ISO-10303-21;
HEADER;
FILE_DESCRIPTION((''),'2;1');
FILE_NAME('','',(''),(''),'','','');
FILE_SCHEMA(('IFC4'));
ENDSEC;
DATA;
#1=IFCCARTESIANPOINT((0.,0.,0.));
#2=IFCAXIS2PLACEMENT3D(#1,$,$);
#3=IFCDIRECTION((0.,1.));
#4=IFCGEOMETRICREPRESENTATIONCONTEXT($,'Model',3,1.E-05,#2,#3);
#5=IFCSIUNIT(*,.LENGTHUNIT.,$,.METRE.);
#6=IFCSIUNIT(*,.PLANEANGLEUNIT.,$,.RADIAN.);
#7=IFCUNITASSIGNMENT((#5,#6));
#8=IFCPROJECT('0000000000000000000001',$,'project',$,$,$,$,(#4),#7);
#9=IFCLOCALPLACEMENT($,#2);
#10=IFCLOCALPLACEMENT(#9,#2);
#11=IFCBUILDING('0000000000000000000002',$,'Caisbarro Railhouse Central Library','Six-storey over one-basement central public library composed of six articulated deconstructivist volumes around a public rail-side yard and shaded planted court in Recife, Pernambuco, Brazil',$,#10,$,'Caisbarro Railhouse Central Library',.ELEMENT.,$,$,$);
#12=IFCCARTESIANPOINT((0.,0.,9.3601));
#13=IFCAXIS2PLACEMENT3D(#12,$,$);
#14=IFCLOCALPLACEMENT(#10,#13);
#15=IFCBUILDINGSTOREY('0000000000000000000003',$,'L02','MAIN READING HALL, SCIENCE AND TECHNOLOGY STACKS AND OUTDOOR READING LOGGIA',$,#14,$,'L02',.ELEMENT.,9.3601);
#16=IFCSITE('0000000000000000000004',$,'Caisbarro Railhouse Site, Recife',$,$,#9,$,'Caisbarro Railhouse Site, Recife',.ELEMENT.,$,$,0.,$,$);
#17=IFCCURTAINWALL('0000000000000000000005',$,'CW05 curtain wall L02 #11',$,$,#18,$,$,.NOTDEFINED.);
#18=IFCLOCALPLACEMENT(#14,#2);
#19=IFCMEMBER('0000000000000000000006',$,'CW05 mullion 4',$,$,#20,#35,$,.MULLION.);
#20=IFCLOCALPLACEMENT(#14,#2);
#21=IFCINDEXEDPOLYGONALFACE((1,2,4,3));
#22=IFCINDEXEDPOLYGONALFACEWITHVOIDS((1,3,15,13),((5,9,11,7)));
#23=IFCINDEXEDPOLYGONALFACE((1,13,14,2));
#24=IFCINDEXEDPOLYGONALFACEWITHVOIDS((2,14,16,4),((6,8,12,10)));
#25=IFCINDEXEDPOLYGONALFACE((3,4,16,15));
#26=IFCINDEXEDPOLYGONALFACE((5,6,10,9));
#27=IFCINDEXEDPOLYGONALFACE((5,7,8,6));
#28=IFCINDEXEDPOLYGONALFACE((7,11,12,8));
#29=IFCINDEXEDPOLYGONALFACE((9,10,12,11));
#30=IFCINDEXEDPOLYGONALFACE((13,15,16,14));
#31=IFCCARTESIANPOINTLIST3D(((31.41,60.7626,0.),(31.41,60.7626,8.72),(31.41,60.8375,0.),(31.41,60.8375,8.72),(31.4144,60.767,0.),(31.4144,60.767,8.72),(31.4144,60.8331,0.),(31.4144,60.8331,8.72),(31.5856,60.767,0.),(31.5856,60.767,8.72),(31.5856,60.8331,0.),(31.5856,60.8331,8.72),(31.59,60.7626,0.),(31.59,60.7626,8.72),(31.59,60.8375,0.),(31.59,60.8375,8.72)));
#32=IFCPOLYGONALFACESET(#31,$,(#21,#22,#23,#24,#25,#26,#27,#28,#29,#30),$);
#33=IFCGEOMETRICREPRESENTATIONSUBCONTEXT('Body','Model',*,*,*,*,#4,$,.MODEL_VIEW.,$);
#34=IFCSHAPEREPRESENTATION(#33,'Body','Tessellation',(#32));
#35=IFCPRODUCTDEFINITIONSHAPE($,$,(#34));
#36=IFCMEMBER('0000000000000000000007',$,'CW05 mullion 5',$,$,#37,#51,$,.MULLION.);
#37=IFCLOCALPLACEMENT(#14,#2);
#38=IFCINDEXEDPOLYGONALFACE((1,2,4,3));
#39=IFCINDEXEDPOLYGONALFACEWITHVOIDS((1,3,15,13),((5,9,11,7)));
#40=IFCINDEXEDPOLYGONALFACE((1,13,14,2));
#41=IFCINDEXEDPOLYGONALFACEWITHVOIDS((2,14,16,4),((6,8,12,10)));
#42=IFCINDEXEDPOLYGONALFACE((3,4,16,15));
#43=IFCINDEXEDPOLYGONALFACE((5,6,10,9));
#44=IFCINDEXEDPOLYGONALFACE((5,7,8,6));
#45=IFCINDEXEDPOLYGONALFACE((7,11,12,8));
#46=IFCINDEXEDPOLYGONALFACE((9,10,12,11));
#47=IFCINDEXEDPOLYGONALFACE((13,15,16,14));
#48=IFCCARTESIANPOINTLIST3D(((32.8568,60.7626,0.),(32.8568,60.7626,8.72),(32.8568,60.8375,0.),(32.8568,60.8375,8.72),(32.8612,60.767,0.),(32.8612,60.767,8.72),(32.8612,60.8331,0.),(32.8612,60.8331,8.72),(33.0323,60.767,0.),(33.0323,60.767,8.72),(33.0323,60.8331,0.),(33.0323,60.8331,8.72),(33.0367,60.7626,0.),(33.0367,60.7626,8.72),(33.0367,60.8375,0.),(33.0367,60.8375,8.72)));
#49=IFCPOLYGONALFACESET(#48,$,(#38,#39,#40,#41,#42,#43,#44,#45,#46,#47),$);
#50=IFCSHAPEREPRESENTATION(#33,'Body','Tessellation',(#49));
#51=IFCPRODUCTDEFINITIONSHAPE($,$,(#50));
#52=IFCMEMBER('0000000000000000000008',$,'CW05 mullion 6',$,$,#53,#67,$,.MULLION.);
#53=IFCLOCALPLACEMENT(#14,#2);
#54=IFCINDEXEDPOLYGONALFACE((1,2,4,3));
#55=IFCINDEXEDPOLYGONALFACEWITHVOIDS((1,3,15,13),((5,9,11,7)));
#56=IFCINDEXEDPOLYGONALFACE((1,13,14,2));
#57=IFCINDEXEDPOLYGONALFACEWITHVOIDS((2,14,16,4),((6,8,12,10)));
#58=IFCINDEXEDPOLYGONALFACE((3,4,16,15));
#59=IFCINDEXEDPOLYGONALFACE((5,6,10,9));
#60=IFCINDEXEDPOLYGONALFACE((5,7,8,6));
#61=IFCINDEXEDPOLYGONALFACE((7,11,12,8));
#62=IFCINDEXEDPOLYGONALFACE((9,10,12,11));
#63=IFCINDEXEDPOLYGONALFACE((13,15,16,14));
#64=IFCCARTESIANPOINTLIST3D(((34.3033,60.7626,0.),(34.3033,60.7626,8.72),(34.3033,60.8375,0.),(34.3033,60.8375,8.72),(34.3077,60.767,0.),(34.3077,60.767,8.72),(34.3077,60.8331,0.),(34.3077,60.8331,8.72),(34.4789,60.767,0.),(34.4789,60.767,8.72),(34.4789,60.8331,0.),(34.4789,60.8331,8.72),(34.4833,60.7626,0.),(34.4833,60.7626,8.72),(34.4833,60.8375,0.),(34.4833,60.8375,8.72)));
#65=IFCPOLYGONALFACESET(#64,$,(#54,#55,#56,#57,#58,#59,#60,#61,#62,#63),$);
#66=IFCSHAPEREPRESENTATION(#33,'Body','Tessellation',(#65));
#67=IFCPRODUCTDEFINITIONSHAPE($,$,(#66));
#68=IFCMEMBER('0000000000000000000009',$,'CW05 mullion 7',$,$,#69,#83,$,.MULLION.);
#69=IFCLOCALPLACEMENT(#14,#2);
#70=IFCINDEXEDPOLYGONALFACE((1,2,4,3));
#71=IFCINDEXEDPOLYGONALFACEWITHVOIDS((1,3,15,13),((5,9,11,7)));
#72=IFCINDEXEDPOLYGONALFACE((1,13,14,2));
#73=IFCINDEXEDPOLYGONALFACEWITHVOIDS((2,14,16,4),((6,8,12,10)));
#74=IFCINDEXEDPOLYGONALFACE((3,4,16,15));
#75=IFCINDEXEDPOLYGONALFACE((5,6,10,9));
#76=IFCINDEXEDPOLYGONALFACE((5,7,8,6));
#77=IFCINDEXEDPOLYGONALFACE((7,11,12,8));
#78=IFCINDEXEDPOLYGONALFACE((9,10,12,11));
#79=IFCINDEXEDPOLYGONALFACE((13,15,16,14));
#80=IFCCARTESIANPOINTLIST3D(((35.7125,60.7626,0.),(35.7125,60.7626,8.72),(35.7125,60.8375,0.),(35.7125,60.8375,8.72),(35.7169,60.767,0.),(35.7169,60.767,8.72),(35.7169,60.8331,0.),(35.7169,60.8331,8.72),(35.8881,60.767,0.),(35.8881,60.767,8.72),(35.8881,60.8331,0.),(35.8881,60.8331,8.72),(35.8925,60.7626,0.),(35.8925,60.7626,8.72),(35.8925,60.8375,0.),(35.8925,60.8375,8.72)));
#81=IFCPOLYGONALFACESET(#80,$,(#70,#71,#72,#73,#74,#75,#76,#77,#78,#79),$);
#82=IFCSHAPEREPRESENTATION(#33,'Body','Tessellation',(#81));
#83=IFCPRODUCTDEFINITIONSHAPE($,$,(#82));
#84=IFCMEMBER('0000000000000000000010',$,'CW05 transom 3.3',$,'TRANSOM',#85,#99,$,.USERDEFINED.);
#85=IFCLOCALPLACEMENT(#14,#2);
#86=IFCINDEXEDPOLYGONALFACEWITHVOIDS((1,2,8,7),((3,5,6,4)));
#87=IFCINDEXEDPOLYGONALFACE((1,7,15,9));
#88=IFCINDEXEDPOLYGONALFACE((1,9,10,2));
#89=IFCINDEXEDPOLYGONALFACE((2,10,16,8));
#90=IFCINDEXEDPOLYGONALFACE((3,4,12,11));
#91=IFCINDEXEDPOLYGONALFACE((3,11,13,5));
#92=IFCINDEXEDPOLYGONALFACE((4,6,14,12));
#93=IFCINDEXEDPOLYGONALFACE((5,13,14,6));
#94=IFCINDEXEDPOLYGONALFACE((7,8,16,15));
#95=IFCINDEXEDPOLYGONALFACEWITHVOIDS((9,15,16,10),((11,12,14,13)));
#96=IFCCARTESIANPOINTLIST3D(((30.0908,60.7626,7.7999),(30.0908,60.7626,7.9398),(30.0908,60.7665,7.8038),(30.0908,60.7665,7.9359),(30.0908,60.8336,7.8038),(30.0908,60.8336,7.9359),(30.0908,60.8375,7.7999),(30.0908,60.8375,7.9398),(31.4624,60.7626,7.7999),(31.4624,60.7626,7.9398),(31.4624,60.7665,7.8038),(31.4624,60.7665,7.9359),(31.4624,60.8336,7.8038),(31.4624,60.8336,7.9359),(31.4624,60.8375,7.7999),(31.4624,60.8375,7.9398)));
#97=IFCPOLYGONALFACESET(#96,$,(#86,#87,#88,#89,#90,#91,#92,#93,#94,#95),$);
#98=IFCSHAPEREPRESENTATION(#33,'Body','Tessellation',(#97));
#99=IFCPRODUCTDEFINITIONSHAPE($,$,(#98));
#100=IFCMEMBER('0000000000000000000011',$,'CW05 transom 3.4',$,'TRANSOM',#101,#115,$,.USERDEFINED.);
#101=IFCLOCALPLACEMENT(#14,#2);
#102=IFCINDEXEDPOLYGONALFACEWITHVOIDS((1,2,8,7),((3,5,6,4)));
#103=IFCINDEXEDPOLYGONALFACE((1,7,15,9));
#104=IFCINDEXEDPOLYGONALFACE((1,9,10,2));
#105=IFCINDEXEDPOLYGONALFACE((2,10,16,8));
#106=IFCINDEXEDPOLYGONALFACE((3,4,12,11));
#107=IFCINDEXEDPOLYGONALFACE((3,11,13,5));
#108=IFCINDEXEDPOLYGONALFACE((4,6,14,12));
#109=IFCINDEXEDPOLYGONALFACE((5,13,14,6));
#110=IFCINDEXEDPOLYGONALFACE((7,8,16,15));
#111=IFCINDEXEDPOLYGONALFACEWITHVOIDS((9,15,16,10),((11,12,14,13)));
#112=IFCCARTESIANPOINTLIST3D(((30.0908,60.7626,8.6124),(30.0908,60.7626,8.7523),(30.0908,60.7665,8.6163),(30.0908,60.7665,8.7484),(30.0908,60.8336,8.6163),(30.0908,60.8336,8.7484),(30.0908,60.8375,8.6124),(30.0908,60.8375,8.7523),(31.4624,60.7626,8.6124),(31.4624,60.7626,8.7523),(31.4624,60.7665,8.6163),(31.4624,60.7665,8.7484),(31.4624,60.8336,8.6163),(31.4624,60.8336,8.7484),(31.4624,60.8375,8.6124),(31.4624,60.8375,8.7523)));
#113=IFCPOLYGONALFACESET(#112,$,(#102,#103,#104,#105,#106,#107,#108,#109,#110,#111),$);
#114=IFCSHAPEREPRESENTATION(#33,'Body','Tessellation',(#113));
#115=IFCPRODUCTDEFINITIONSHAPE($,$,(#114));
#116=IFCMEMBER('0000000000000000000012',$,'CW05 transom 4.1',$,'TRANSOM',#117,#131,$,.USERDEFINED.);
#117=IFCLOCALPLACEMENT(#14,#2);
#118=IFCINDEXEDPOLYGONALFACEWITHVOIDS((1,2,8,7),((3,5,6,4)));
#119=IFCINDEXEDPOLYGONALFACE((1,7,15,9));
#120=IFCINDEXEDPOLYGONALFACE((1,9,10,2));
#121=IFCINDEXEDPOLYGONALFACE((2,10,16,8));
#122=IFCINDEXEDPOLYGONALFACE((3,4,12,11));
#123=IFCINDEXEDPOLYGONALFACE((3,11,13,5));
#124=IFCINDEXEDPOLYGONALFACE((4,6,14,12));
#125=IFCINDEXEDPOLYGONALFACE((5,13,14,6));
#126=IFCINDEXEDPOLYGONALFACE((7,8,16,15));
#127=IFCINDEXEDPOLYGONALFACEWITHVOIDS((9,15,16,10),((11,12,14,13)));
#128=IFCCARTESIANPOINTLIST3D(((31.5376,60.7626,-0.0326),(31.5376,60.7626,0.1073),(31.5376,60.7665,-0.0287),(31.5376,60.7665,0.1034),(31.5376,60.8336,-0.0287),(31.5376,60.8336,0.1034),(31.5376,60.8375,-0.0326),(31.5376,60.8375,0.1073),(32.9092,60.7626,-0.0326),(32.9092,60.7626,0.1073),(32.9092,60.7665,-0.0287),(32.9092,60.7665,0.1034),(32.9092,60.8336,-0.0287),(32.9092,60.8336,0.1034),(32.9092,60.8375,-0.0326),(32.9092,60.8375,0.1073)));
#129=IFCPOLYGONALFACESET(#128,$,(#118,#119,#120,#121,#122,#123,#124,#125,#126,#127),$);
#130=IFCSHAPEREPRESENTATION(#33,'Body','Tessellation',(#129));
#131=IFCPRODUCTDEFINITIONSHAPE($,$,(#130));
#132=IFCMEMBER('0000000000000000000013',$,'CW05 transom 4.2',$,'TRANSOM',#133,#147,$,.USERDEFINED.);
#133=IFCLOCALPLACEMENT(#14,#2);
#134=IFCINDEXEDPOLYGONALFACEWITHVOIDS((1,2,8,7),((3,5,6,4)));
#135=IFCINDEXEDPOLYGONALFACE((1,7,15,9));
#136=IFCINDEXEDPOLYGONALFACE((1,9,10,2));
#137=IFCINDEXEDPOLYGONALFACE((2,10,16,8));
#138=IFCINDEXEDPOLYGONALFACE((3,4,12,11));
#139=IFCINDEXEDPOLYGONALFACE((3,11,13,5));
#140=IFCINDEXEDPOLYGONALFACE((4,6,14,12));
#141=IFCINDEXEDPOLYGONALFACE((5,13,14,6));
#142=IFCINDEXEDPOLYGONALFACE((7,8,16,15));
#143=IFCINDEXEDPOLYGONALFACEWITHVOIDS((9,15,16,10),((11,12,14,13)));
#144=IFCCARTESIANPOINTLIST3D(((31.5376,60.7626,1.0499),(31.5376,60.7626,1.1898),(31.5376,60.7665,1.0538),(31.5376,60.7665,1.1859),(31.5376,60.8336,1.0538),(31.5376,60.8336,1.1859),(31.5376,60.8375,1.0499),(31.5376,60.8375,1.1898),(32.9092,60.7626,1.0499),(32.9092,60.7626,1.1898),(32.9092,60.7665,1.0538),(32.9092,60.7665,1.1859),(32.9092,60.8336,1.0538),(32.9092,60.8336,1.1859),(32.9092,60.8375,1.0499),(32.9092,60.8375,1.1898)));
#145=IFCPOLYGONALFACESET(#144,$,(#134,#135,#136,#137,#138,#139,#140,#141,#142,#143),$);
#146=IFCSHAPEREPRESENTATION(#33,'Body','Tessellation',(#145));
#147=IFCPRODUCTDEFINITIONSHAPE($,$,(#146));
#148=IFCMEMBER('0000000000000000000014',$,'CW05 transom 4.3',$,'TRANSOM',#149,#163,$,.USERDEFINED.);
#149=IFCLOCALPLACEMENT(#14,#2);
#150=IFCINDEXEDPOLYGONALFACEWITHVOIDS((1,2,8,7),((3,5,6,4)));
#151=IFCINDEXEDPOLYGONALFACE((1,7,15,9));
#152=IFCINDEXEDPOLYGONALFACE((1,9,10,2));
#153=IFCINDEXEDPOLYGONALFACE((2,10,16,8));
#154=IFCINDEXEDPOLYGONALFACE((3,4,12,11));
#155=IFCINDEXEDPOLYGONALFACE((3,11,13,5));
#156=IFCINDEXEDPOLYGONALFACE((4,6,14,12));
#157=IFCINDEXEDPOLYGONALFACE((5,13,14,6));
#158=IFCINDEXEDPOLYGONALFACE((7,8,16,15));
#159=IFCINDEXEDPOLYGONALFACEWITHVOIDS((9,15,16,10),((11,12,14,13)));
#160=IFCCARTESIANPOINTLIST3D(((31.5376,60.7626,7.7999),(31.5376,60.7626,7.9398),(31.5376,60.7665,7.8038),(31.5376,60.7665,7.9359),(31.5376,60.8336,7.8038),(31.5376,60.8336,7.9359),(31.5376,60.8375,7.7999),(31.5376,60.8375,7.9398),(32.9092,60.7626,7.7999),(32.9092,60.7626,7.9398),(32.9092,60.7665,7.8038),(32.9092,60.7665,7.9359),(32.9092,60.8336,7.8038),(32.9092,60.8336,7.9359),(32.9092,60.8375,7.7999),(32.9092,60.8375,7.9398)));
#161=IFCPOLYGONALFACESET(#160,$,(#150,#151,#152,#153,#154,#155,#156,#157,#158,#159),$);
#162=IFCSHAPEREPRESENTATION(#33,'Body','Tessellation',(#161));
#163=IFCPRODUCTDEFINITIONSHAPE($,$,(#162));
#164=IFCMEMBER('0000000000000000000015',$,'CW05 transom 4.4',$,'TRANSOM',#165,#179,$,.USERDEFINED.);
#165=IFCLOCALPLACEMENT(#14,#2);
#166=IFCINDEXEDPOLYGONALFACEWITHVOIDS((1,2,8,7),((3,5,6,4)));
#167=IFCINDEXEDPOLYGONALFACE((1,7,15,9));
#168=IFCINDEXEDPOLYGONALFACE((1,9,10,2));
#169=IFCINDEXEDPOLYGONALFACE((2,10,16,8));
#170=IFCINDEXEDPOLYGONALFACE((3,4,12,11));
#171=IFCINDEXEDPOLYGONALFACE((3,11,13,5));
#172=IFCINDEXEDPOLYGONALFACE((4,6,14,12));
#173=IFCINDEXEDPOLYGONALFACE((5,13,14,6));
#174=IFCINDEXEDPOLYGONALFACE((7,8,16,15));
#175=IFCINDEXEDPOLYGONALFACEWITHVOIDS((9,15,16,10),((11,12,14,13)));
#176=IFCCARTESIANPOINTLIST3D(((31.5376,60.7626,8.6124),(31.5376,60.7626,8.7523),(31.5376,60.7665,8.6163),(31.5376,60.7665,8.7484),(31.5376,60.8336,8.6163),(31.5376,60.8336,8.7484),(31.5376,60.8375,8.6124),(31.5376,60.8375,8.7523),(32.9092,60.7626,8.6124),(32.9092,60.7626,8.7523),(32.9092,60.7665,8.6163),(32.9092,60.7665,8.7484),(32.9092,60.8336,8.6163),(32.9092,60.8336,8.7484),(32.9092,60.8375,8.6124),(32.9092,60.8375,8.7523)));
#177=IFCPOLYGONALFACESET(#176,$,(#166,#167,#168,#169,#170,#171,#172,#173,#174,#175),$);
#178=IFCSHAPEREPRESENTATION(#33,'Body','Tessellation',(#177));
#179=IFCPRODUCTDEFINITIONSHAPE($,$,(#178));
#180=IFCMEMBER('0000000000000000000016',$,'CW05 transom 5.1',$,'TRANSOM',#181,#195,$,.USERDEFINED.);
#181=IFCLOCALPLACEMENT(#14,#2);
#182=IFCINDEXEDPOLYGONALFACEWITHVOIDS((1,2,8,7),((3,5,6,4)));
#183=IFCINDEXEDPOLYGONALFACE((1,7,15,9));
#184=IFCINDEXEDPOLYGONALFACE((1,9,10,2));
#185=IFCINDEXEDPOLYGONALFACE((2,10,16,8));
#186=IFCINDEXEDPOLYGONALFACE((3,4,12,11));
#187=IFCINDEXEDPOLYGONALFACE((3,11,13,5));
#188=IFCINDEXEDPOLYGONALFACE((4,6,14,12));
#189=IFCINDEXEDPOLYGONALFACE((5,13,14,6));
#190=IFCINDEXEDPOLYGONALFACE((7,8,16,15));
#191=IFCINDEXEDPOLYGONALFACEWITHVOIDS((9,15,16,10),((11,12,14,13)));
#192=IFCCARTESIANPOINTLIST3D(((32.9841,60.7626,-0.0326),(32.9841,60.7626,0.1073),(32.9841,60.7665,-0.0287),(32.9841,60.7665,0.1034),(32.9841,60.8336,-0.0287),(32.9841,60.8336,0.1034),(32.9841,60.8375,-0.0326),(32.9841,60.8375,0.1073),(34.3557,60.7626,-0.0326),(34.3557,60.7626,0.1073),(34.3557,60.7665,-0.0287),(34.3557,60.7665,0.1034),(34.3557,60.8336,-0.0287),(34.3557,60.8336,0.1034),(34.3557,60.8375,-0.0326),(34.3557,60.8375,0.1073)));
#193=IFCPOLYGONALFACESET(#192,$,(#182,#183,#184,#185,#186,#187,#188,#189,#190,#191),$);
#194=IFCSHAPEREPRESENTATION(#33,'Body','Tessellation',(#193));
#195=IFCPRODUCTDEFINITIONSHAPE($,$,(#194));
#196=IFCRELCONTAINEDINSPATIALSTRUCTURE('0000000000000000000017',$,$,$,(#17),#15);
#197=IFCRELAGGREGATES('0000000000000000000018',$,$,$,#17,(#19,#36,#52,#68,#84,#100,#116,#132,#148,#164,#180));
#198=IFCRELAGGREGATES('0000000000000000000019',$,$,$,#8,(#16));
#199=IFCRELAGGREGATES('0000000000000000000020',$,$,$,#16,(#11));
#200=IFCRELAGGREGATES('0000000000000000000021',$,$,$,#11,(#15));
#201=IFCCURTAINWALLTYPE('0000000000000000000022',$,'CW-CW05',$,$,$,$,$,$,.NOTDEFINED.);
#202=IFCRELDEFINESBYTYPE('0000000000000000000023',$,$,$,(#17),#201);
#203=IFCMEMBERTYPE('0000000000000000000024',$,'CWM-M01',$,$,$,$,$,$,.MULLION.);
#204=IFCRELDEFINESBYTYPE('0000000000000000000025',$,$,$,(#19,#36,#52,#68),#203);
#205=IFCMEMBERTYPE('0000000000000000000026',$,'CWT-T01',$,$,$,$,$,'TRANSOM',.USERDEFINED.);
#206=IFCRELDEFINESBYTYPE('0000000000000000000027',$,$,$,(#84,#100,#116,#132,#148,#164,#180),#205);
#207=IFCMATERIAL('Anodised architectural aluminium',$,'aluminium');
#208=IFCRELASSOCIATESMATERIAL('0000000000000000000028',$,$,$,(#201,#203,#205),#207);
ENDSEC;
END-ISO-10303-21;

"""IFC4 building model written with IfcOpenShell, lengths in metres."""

from ifc_helpers import new_model, si_unit, direction, frame, origin, origin_2d, place, context, subcontext, project, spatial, hollow_rectangle, extrude, material, material_profile, profile_set, type_object, element, aggregate, save


model = new_model("IFC4")

# Units and contexts
model_context = context("Model", 3, precision=1e-05, world=origin(), true_north=direction((0.0, 1.0)))
body_context = subcontext(model_context, "Body", "Model", "MODEL_VIEW")
ifc_project = project(units=[si_unit("LENGTHUNIT", "METRE"), si_unit("PLANEANGLEUNIT", "RADIAN")], contexts=[model_context])

# Site, building, storey
site_placement = place(None, origin())
site = spatial("IfcSite", under=ifc_project, at=site_placement, Name="Caisbarro Railhouse Site, Recife", LongName="Caisbarro Railhouse Site, Recife", CompositionType="ELEMENT", RefElevation=0.0)
building_placement = place(site_placement, origin())
building = spatial("IfcBuilding", under=site, at=building_placement, Name="Caisbarro Railhouse Central Library", Description="Six-storey over one-basement central public library composed of six articulated deconstructivist volumes around a public rail-side yard and shaded planted court in Recife, Pernambuco, Brazil", LongName="Caisbarro Railhouse Central Library", CompositionType="ELEMENT")
storey_placement = place(building_placement, frame((0.0, 0.0, 9.3601)))
storey = spatial("IfcBuildingStorey", under=building, at=storey_placement, Name="L02", Description="MAIN READING HALL, SCIENCE AND TECHNOLOGY STACKS AND OUTDOOR READING LOGGIA", LongName="L02", CompositionType="ELEMENT", Elevation=9.3601)

# Curtain wall, members
ifc_material_1 = material(Name="Anodised architectural aluminium", Category="aluminium")
curtain_wall_type = type_object("IfcCurtainWallType", Name="CW-CW05", PredefinedType="NOTDEFINED", material=ifc_material_1)
curtain_wall_placement = place(storey_placement, origin())
curtain_wall = element("IfcCurtainWall", 1, at=curtain_wall_placement, inside=storey, type_object=curtain_wall_type, Name="CW05 curtain wall L02 #11", PredefinedType="NOTDEFINED")
ifc_material_profile_1 = material_profile(ifc_material_1, hollow_rectangle(XDim=0.075, YDim=0.1799, WallThickness=0.0044, at=origin_2d()), Name="ALU-MUL-75X180")
ifc_profile_set_1 = profile_set([ifc_material_profile_1], Name="Anodised architectural aluminium")
member_type_1 = type_object("IfcMemberType", Name="CWM-M01", PredefinedType="MULLION", material=ifc_profile_set_1)
member_1_placement = place(storey_placement, frame((31.5, 60.8, 0.0), z_axis=(0.0, 0.0, 1.0), x_axis=(0.0, 1.0, 0.0)))
member_1 = element("IfcMember", 2, at=member_1_placement, type_object=member_type_1, Name="CW05 mullion 4", PredefinedType="MULLION", context=body_context, shape_type="SweptSolid", body=[
    extrude(hollow_rectangle(XDim=0.075, YDim=0.1799, WallThickness=0.0044, at=origin_2d()), origin(), (0.0, 0.0, 1.0), 8.72),
])
member_2_placement = place(storey_placement, frame((32.9468, 60.8, 0.0), z_axis=(0.0, 0.0, 1.0), x_axis=(0.0, 1.0, 0.0)))
member_2 = element("IfcMember", 3, at=member_2_placement, type_object=member_type_1, Name="CW05 mullion 5", PredefinedType="MULLION", context=body_context, shape_type="SweptSolid", body=[
    extrude(hollow_rectangle(XDim=0.075, YDim=0.1799, WallThickness=0.0044, at=origin_2d()), origin(), (0.0, 0.0, 1.0), 8.72),
])
member_3_placement = place(storey_placement, frame((34.3933, 60.8, 0.0), z_axis=(0.0, 0.0, 1.0), x_axis=(0.0, 1.0, 0.0)))
member_3 = element("IfcMember", 4, at=member_3_placement, type_object=member_type_1, Name="CW05 mullion 6", PredefinedType="MULLION", context=body_context, shape_type="SweptSolid", body=[
    extrude(hollow_rectangle(XDim=0.075, YDim=0.1799, WallThickness=0.0044, at=origin_2d()), origin(), (0.0, 0.0, 1.0), 8.72),
])
member_4_placement = place(storey_placement, frame((35.8025, 60.8, 0.0), z_axis=(0.0, 0.0, 1.0), x_axis=(0.0, 1.0, 0.0)))
member_4 = element("IfcMember", 5, at=member_4_placement, type_object=member_type_1, Name="CW05 mullion 7", PredefinedType="MULLION", context=body_context, shape_type="SweptSolid", body=[
    extrude(hollow_rectangle(XDim=0.075, YDim=0.1799, WallThickness=0.0044, at=origin_2d()), origin(), (0.0, 0.0, 1.0), 8.72),
])
ifc_material_profile_2 = material_profile(ifc_material_1, hollow_rectangle(XDim=0.075, YDim=0.1399, WallThickness=0.0039, at=origin_2d()), Name="ALU-TRN-75X140")
ifc_profile_set_2 = profile_set([ifc_material_profile_2], Name="Anodised architectural aluminium")
member_type_2 = type_object("IfcMemberType", Name="CWT-T01", ElementType="TRANSOM", PredefinedType="USERDEFINED", material=ifc_profile_set_2)
member_5_placement = place(storey_placement, frame((30.0908, 60.8, 7.8699), z_axis=(1.0, 0.0, 0.0), x_axis=(0.0, 1.0, 0.0)))
member_5 = element("IfcMember", 6, at=member_5_placement, type_object=member_type_2, Name="CW05 transom 3.3", ObjectType="TRANSOM", PredefinedType="USERDEFINED", context=body_context, shape_type="SweptSolid", body=[
    extrude(hollow_rectangle(XDim=0.075, YDim=0.1399, WallThickness=0.0039, at=origin_2d()), origin(), (0.0, 0.0, 1.0), 1.3716),
])
member_6_placement = place(storey_placement, frame((30.0908, 60.8, 8.6824), z_axis=(1.0, 0.0, 0.0), x_axis=(0.0, 1.0, 0.0)))
member_6 = element("IfcMember", 7, at=member_6_placement, type_object=member_type_2, Name="CW05 transom 3.4", ObjectType="TRANSOM", PredefinedType="USERDEFINED", context=body_context, shape_type="SweptSolid", body=[
    extrude(hollow_rectangle(XDim=0.075, YDim=0.1399, WallThickness=0.0039, at=origin_2d()), origin(), (0.0, 0.0, 1.0), 1.3716),
])
member_7_placement = place(storey_placement, frame((31.5376, 60.8, 0.0374), z_axis=(1.0, 0.0, 0.0), x_axis=(0.0, 1.0, 0.0)))
member_7 = element("IfcMember", 8, at=member_7_placement, type_object=member_type_2, Name="CW05 transom 4.1", ObjectType="TRANSOM", PredefinedType="USERDEFINED", context=body_context, shape_type="SweptSolid", body=[
    extrude(hollow_rectangle(XDim=0.075, YDim=0.1399, WallThickness=0.0039, at=origin_2d()), origin(), (0.0, 0.0, 1.0), 1.3716),
])
member_8_placement = place(storey_placement, frame((31.5376, 60.8, 1.1199), z_axis=(1.0, 0.0, 0.0), x_axis=(0.0, 1.0, 0.0)))
member_8 = element("IfcMember", 9, at=member_8_placement, type_object=member_type_2, Name="CW05 transom 4.2", ObjectType="TRANSOM", PredefinedType="USERDEFINED", context=body_context, shape_type="SweptSolid", body=[
    extrude(hollow_rectangle(XDim=0.075, YDim=0.1399, WallThickness=0.0039, at=origin_2d()), origin(), (0.0, 0.0, 1.0), 1.3716),
])
member_9_placement = place(storey_placement, frame((31.5376, 60.8, 7.8699), z_axis=(1.0, 0.0, 0.0), x_axis=(0.0, 1.0, 0.0)))
member_9 = element("IfcMember", 10, at=member_9_placement, type_object=member_type_2, Name="CW05 transom 4.3", ObjectType="TRANSOM", PredefinedType="USERDEFINED", context=body_context, shape_type="SweptSolid", body=[
    extrude(hollow_rectangle(XDim=0.075, YDim=0.1399, WallThickness=0.0039, at=origin_2d()), origin(), (0.0, 0.0, 1.0), 1.3716),
])
member_10_placement = place(storey_placement, frame((31.5376, 60.8, 8.6824), z_axis=(1.0, 0.0, 0.0), x_axis=(0.0, 1.0, 0.0)))
member_10 = element("IfcMember", 11, at=member_10_placement, type_object=member_type_2, Name="CW05 transom 4.4", ObjectType="TRANSOM", PredefinedType="USERDEFINED", context=body_context, shape_type="SweptSolid", body=[
    extrude(hollow_rectangle(XDim=0.075, YDim=0.1399, WallThickness=0.0039, at=origin_2d()), origin(), (0.0, 0.0, 1.0), 1.3716),
])
member_11_placement = place(storey_placement, frame((32.9841, 60.8, 0.0374), z_axis=(1.0, 0.0, 0.0), x_axis=(0.0, 1.0, 0.0)))
member_11 = element("IfcMember", 12, at=member_11_placement, type_object=member_type_2, Name="CW05 transom 5.1", ObjectType="TRANSOM", PredefinedType="USERDEFINED", context=body_context, shape_type="SweptSolid", body=[
    extrude(hollow_rectangle(XDim=0.075, YDim=0.1399, WallThickness=0.0039, at=origin_2d()), origin(), (0.0, 0.0, 1.0), 1.3716),
])
aggregate(curtain_wall, [member_1, member_2, member_3, member_4, member_5, member_6, member_7, member_8, member_9, member_10, member_11])

save(model, "model.ifc")
